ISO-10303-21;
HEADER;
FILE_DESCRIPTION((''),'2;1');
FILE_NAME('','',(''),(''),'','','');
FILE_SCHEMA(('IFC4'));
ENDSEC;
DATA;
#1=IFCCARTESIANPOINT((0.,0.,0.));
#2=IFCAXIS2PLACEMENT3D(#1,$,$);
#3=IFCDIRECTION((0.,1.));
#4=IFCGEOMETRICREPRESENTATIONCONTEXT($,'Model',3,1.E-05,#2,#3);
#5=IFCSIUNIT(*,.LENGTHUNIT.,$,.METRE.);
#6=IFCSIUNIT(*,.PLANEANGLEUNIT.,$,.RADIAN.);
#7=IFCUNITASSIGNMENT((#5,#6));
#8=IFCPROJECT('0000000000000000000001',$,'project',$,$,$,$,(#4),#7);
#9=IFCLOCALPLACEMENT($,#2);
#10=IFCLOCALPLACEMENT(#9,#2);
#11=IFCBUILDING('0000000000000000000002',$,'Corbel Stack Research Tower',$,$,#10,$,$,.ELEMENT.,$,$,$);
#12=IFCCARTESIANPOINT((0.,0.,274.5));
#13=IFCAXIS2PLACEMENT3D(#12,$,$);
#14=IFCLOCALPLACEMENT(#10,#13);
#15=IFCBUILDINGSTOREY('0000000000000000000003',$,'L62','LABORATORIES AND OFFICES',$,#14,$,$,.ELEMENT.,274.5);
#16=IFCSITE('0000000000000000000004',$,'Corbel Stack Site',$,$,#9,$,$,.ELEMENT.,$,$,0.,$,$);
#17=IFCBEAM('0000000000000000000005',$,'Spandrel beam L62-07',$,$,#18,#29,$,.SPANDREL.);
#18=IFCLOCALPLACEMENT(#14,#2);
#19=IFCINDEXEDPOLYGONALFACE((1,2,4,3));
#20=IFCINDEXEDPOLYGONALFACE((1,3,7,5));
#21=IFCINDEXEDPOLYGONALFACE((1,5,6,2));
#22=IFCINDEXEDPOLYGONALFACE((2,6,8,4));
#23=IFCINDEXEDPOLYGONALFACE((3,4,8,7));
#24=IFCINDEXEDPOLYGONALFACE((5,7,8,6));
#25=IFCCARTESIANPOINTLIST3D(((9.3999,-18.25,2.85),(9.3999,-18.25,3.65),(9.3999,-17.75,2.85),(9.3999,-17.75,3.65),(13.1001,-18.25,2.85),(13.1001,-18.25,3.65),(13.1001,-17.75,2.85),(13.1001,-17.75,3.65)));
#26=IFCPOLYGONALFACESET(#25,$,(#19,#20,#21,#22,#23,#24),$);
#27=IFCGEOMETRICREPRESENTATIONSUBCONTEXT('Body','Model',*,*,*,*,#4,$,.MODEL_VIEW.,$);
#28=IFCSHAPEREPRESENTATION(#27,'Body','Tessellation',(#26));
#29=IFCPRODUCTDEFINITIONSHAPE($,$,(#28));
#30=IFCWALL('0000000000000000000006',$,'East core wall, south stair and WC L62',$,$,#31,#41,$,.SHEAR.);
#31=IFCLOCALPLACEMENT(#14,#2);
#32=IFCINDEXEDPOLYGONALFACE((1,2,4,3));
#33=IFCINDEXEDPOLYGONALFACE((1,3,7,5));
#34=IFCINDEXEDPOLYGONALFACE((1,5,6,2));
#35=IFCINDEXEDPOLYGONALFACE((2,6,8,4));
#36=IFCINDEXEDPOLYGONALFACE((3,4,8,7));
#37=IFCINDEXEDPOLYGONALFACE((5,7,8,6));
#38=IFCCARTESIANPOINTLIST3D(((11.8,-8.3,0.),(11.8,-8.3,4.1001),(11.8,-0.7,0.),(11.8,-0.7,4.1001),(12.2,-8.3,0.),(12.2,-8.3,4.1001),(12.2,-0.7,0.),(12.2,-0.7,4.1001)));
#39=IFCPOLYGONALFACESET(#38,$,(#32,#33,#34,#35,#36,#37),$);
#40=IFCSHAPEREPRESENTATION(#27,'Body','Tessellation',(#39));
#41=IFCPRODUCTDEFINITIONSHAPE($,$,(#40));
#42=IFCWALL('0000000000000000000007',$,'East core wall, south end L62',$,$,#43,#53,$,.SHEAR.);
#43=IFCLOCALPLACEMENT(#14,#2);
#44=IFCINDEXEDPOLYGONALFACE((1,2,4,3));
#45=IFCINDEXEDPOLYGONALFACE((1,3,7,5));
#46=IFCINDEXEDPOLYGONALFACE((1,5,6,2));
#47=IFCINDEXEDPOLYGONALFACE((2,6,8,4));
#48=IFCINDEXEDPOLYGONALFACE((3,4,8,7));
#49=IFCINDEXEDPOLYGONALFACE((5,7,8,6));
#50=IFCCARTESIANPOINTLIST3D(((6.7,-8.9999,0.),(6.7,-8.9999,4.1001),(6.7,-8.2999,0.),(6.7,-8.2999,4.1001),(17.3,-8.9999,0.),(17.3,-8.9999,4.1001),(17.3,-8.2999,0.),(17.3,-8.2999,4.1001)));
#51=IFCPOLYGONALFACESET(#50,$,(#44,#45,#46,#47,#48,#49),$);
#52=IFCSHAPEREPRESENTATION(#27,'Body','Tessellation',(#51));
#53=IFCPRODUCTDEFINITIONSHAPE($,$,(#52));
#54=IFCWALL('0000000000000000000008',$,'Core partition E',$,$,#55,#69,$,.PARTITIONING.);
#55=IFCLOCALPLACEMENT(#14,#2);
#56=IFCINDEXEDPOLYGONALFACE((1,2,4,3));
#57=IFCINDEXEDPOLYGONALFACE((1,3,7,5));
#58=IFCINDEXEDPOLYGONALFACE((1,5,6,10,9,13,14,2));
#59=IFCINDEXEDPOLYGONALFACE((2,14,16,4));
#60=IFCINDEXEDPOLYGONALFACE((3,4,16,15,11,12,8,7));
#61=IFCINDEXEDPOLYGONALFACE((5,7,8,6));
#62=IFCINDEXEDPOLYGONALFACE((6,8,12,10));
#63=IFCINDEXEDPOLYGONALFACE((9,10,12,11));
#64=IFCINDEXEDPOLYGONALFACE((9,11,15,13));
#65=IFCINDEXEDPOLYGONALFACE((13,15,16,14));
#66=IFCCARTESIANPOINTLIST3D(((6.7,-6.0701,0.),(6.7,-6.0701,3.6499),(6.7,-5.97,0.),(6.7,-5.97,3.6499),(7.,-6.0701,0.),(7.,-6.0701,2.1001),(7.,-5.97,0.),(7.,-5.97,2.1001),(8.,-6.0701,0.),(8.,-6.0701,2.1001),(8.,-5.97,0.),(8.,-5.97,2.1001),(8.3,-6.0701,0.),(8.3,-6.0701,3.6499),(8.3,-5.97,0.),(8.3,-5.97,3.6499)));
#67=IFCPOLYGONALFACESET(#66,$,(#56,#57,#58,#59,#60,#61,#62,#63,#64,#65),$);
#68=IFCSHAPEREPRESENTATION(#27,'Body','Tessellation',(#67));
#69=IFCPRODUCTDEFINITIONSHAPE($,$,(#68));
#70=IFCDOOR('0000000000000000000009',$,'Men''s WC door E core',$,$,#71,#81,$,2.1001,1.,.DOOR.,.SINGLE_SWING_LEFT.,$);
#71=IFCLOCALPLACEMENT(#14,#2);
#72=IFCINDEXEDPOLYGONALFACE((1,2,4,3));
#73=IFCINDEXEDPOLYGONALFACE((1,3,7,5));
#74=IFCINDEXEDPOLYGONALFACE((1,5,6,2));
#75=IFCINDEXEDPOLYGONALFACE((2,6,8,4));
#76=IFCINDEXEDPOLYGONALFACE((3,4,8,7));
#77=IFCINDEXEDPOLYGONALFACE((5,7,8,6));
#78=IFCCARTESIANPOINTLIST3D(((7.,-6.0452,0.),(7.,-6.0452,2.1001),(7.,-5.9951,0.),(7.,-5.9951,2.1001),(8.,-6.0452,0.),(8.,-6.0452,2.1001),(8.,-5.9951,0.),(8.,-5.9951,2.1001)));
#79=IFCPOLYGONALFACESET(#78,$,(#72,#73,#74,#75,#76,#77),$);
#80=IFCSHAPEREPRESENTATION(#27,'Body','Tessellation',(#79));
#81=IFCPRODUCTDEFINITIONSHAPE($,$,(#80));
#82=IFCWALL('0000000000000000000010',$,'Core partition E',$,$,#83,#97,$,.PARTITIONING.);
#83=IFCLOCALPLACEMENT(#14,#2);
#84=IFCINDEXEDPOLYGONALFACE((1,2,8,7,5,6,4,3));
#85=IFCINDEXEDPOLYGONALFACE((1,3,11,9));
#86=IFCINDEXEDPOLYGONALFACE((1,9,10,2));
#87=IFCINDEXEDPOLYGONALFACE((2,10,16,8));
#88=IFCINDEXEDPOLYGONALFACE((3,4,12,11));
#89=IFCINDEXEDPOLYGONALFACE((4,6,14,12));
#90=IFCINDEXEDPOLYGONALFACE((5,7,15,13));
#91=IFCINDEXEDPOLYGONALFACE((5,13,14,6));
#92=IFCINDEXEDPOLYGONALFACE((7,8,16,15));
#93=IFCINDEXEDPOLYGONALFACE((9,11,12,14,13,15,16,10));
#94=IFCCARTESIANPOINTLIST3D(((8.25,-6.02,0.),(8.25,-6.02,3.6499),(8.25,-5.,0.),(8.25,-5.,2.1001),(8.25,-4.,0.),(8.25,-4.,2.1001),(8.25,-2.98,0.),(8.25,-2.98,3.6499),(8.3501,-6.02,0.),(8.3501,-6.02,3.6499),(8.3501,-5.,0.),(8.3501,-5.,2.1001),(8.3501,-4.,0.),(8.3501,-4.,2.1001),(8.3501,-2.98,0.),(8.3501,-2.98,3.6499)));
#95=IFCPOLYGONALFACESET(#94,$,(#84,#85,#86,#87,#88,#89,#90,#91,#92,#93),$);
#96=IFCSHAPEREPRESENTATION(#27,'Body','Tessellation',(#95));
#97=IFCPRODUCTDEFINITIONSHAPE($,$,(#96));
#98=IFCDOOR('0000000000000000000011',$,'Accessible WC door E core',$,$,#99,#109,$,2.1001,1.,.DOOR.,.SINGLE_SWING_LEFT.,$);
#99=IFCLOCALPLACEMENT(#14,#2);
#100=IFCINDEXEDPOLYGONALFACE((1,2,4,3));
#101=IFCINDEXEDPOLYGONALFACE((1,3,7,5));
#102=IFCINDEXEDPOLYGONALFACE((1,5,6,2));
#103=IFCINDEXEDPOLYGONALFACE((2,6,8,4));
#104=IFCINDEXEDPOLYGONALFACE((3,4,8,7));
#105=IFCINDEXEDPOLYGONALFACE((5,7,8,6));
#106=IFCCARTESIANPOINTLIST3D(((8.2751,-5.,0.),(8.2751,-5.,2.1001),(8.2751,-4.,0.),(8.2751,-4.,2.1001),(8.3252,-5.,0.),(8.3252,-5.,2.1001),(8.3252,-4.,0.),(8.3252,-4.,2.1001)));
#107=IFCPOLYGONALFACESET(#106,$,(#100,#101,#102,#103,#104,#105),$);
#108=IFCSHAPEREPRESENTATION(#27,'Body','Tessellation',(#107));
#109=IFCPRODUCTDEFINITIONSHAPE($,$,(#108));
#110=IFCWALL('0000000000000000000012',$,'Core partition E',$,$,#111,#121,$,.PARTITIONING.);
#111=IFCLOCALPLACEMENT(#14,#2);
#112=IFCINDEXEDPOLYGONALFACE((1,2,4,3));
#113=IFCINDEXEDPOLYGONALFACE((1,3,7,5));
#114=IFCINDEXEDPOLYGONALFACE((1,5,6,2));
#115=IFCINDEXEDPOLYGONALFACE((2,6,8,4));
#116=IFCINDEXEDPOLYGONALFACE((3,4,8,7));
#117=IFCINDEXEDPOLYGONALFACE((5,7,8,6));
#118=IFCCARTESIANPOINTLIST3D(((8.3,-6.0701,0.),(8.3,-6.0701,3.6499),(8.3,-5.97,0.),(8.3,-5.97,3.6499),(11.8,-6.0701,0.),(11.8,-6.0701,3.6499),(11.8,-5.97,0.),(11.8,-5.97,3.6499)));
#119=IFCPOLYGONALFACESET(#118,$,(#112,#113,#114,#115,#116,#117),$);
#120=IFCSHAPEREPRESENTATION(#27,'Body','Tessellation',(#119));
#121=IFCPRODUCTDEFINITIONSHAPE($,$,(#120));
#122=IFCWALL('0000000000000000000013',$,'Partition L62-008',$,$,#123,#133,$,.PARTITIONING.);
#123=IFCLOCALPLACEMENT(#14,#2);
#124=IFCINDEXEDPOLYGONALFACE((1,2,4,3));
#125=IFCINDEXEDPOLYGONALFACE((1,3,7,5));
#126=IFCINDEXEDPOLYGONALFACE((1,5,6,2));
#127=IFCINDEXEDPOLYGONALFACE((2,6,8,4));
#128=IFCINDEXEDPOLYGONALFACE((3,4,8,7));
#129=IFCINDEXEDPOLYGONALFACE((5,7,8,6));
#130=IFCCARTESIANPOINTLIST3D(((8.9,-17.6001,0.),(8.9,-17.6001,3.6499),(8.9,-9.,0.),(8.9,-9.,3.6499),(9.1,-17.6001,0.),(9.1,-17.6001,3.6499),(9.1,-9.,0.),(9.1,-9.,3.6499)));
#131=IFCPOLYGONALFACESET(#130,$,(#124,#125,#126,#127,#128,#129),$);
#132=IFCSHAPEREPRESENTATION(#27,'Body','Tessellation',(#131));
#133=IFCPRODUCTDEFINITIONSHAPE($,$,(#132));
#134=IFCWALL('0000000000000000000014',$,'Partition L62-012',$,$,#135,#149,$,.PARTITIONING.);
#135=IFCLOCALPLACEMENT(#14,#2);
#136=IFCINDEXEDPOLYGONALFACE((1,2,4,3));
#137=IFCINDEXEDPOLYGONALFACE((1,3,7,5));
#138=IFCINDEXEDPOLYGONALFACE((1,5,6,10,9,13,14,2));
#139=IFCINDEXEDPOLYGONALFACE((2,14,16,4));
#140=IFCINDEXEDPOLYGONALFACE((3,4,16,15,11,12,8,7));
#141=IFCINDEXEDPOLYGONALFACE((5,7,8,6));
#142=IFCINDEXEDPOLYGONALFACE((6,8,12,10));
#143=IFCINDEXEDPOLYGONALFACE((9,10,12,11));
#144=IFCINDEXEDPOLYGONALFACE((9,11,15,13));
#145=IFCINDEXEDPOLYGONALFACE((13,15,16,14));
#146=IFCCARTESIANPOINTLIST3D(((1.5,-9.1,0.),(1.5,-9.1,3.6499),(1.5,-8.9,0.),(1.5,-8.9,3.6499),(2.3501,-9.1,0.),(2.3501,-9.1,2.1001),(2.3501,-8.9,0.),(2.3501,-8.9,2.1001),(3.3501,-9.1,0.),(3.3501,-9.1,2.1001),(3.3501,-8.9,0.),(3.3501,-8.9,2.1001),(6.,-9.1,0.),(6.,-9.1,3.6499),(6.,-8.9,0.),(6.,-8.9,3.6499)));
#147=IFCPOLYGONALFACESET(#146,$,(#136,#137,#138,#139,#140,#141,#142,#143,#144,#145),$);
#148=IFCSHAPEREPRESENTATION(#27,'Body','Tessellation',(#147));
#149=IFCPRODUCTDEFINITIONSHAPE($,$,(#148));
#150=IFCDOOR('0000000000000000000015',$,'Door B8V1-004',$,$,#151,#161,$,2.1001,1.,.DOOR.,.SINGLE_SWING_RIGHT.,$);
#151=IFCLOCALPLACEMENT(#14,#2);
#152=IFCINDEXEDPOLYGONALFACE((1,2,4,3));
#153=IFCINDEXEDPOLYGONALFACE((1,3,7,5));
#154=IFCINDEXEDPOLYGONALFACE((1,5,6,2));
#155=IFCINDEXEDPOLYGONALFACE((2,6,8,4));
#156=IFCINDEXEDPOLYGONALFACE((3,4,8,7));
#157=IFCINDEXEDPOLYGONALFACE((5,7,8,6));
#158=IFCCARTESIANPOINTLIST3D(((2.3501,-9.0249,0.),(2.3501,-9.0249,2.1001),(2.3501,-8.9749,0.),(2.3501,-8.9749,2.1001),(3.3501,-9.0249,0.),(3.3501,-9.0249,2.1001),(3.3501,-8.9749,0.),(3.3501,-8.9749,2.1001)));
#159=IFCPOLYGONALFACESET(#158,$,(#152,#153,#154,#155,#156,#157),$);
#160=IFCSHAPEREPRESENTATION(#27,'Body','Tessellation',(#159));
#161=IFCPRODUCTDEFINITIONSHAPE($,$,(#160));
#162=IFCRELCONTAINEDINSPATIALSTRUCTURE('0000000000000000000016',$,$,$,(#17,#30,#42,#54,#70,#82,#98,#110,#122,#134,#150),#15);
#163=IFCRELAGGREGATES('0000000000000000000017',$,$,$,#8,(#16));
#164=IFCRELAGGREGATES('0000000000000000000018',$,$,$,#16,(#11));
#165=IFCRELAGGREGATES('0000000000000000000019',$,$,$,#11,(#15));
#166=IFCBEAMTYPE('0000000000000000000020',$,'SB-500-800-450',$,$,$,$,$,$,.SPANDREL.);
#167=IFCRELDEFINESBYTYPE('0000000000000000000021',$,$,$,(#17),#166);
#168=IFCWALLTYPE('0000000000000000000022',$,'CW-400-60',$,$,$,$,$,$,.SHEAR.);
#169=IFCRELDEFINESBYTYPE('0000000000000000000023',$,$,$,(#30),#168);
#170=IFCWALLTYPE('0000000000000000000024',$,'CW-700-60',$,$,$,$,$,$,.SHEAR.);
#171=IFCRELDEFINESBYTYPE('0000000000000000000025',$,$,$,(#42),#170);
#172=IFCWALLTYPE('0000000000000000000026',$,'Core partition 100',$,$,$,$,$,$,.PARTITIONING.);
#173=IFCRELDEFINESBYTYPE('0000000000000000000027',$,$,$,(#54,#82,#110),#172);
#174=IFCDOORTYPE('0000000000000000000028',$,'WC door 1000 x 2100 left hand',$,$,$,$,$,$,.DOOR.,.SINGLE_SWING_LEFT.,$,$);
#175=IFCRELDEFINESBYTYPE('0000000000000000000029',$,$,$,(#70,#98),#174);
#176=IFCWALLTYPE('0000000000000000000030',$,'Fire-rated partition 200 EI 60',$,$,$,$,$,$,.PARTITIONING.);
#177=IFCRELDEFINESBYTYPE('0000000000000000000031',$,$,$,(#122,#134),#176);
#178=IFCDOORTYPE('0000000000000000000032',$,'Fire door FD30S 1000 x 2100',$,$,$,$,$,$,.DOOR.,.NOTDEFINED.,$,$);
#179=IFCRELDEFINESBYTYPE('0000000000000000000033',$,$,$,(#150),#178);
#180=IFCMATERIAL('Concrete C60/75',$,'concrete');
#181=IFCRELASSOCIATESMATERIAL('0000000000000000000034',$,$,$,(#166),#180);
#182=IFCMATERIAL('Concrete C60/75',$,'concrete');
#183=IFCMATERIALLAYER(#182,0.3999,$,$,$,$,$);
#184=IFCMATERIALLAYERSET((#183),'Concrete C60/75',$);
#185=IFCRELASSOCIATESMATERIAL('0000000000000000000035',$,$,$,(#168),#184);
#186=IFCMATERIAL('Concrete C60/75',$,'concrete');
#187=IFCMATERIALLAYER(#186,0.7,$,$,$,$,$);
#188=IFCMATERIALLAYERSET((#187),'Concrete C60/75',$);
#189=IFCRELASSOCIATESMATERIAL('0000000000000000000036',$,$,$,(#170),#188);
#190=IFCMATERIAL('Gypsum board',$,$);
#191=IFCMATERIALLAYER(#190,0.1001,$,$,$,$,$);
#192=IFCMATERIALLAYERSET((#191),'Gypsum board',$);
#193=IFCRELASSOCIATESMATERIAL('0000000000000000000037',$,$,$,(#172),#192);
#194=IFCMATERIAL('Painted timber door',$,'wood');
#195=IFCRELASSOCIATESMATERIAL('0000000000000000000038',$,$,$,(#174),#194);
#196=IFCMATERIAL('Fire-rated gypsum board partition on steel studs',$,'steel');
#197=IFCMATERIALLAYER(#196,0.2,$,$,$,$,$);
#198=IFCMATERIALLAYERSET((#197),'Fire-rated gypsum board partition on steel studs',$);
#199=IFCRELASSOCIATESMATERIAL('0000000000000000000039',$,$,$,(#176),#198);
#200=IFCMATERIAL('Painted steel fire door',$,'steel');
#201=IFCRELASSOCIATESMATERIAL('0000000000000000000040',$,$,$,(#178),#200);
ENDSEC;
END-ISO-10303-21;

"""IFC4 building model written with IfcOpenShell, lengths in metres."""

from ifc_helpers import new_model, si_unit, direction, frame, frame_2d, origin, origin_2d, place, context, subcontext, project, spatial, rectangle, extrude, material, layer, layer_set, material_profile, profile_set, type_object, element, fill, save


model = new_model("IFC4")

# Units and contexts
model_context = context("Model", 3, precision=1e-05, world=origin(), true_north=direction((0.0, 1.0)))
body_context = subcontext(model_context, "Body", "Model", "MODEL_VIEW")
ifc_project = project(units=[si_unit("LENGTHUNIT", "METRE"), si_unit("PLANEANGLEUNIT", "RADIAN")], contexts=[model_context])

# Site, building, storey
site_placement = place(None, origin())
site = spatial("IfcSite", under=ifc_project, at=site_placement, Name="Corbel Stack Site", CompositionType="ELEMENT", RefElevation=0.0)
building_placement = place(site_placement, origin())
building = spatial("IfcBuilding", under=site, at=building_placement, Name="Corbel Stack Research Tower", CompositionType="ELEMENT")
storey_placement = place(building_placement, frame((0.0, 0.0, 274.5)))
storey = spatial("IfcBuildingStorey", under=building, at=storey_placement, Name="L62", Description="LABORATORIES AND OFFICES", CompositionType="ELEMENT", Elevation=274.5)

# Beam
ifc_material_1 = material(Name="Concrete C60/75", Category="concrete")
ifc_material_profile = material_profile(ifc_material_1, rectangle(XDim=0.5, YDim=0.8, at=origin_2d()), Name="RC 500 x 800")
ifc_profile_set = profile_set([ifc_material_profile], Name="Concrete C60/75")
beam_type = type_object("IfcBeamType", Name="SB-500-800-450", PredefinedType="SPANDREL", material=ifc_profile_set)
beam_placement = place(storey_placement, frame((9.3999, -18.0, 3.25), z_axis=(1.0, 0.0, 0.0), x_axis=(0.0, 1.0, 0.0)))
element("IfcBeam", 1, at=beam_placement, inside=storey, type_object=beam_type, Name="Spandrel beam L62-07", PredefinedType="SPANDREL", context=body_context, shape_type="SweptSolid", body=[
    extrude(rectangle(XDim=0.5, YDim=0.8, at=origin_2d()), origin(), (0.0, 0.0, 1.0), 3.7002),
])

# Wall
ifc_material_2 = material(Name="Concrete C60/75", Category="concrete")
ifc_layer_1 = layer(ifc_material_2, 0.3999)
ifc_layer_set_1 = layer_set([ifc_layer_1], Name="Concrete C60/75")
wall_type_1 = type_object("IfcWallType", Name="CW-400-60", PredefinedType="SHEAR", material=ifc_layer_set_1)
wall_1_placement = place(storey_placement, frame((12.0, -8.3, 0.0), z_axis=(0.0, 0.0, 1.0), x_axis=(0.0, 1.0, 0.0)))
element("IfcWall", 2, at=wall_1_placement, inside=storey, type_object=wall_type_1, Name="East core wall, south stair and WC L62", PredefinedType="SHEAR", context=body_context, shape_type="SweptSolid", body=[
    extrude(rectangle(XDim=7.6001, YDim=0.3999, at=frame_2d((3.8, 0.0))), origin(), (0.0, 0.0, 1.0), 4.1001),
])

# Shared definitions
ifc_material_3 = material(Name="Concrete C60/75", Category="concrete")
ifc_layer_2 = layer(ifc_material_3, 0.7)
ifc_layer_set_2 = layer_set([ifc_layer_2], Name="Concrete C60/75")
wall_type_2 = type_object("IfcWallType", Name="CW-700-60", PredefinedType="SHEAR", material=ifc_layer_set_2)

# Wall
wall_2_placement = place(storey_placement, frame((6.7, -8.6499, 0.0), z_axis=(0.0, 0.0, 1.0), x_axis=(1.0, 0.0, 0.0)))
element("IfcWall", 3, at=wall_2_placement, inside=storey, type_object=wall_type_2, Name="East core wall, south end L62", PredefinedType="SHEAR", context=body_context, shape_type="SweptSolid", body=[
    extrude(rectangle(XDim=10.6001, YDim=0.7, at=frame_2d((5.3, 0.0))), origin(), (0.0, 0.0, 1.0), 4.1001),
])

# Walls, openings, doors
ifc_material_4 = material(Name="Gypsum board")
ifc_layer_3 = layer(ifc_material_4, 0.1001)
ifc_layer_set_3 = layer_set([ifc_layer_3], Name="Gypsum board")
wall_type_3 = type_object("IfcWallType", Name="Core partition 100", PredefinedType="PARTITIONING", material=ifc_layer_set_3)
wall_3_placement = place(storey_placement, frame((6.7, -6.02, 0.0), z_axis=(0.0, 0.0, 1.0), x_axis=(1.0, 0.0, 0.0)))
wall_3 = element("IfcWall", 4, at=wall_3_placement, inside=storey, type_object=wall_type_3, Name="Core partition E", PredefinedType="PARTITIONING", context=body_context, shape_type="SweptSolid", body=[
    extrude(rectangle(XDim=1.6001, YDim=0.1001, at=frame_2d((0.8, 0.0))), origin(), (0.0, 0.0, 1.0), 3.6499),
])
opening_1_placement = place(wall_3_placement, frame((0.3, 0.0, 0.0)))
opening_1 = element("IfcOpeningElement", 5, at=opening_1_placement, cuts=wall_3, PredefinedType="OPENING", context=body_context, shape_type="SweptSolid", body=[
    extrude(rectangle(XDim=1.0, YDim=2.1001, at=frame_2d((0.5, 1.05))), frame((0.0, 0.0601, 0.0), z_axis=(0.0, -1.0, 0.0), x_axis=(1.0, 0.0, 0.0)), (0.0, 0.0, 1.0), 0.1201),
])
ifc_material_5 = material(Name="Painted timber door", Category="wood")
door_type_1 = type_object("IfcDoorType", Name="WC door 1000 x 2100 left hand", OperationType="SINGLE_SWING_LEFT", PredefinedType="DOOR", material=ifc_material_5)
door_1_placement = place(opening_1_placement, origin())
door_1 = element("IfcDoor", 6, at=door_1_placement, inside=storey, type_object=door_type_1, Name="Men's WC door E core", OperationType="SINGLE_SWING_LEFT", OverallHeight=2.1001, OverallWidth=1.0, PredefinedType="DOOR", context=body_context, shape_type="SweptSolid", body=[
    extrude(rectangle(XDim=1.0, YDim=2.1001, at=frame_2d((0.5, 1.05))), frame((0.0, 0.0249, 0.0), z_axis=(0.0, -1.0, 0.0), x_axis=(1.0, 0.0, 0.0)), (0.0, 0.0, 1.0), 0.05),
])
fill(opening_1, door_1)
wall_4_placement = place(storey_placement, frame((8.3, -6.02, 0.0), z_axis=(0.0, 0.0, 1.0), x_axis=(0.0, 1.0, 0.0)))
wall_4 = element("IfcWall", 7, at=wall_4_placement, inside=storey, type_object=wall_type_3, Name="Core partition E", PredefinedType="PARTITIONING", context=body_context, shape_type="SweptSolid", body=[
    extrude(rectangle(XDim=3.04, YDim=0.1001, at=frame_2d((1.52, 0.0))), origin(), (0.0, 0.0, 1.0), 3.6499),
])
opening_2_placement = place(wall_4_placement, frame((1.02, 0.0, 0.0)))
opening_2 = element("IfcOpeningElement", 8, at=opening_2_placement, cuts=wall_4, PredefinedType="OPENING", context=body_context, shape_type="SweptSolid", body=[
    extrude(rectangle(XDim=1.0, YDim=2.1001, at=frame_2d((0.5, 1.05))), frame((0.0, 0.0601, 0.0), z_axis=(0.0, -1.0, 0.0), x_axis=(1.0, 0.0, 0.0)), (0.0, 0.0, 1.0), 0.1201),
])
door_2_placement = place(opening_2_placement, origin())
door_2 = element("IfcDoor", 9, at=door_2_placement, inside=storey, type_object=door_type_1, Name="Accessible WC door E core", OperationType="SINGLE_SWING_LEFT", OverallHeight=2.1001, OverallWidth=1.0, PredefinedType="DOOR", context=body_context, shape_type="SweptSolid", body=[
    extrude(rectangle(XDim=1.0, YDim=2.1001, at=frame_2d((0.5, 1.05))), frame((0.0, 0.0249, 0.0), z_axis=(0.0, -1.0, 0.0), x_axis=(1.0, 0.0, 0.0)), (0.0, 0.0, 1.0), 0.05),
])
fill(opening_2, door_2)

# Walls
wall_5_placement = place(storey_placement, frame((8.3, -6.02, 0.0), z_axis=(0.0, 0.0, 1.0), x_axis=(1.0, 0.0, 0.0)))
element("IfcWall", 10, at=wall_5_placement, inside=storey, type_object=wall_type_3, Name="Core partition E", PredefinedType="PARTITIONING", context=body_context, shape_type="SweptSolid", body=[
    extrude(rectangle(XDim=3.5, YDim=0.1001, at=frame_2d((1.75, 0.0))), origin(), (0.0, 0.0, 1.0), 3.6499),
])
ifc_material_6 = material(Name="Fire-rated gypsum board partition on steel studs", Category="steel")
ifc_layer_4 = layer(ifc_material_6, 0.2)
ifc_layer_set_4 = layer_set([ifc_layer_4], Name="Fire-rated gypsum board partition on steel studs")
wall_type_4 = type_object("IfcWallType", Name="Fire-rated partition 200 EI 60", PredefinedType="PARTITIONING", material=ifc_layer_set_4)
wall_6_placement = place(storey_placement, frame((9.0, -17.6001, 0.0), z_axis=(0.0, 0.0, 1.0), x_axis=(0.0, 1.0, 0.0)))
element("IfcWall", 11, at=wall_6_placement, inside=storey, type_object=wall_type_4, Name="Partition L62-008", PredefinedType="PARTITIONING", context=body_context, shape_type="SweptSolid", body=[
    extrude(rectangle(XDim=8.6001, YDim=0.2, at=frame_2d((4.3, 0.0))), origin(), (0.0, 0.0, 1.0), 3.6499),
])

# Wall, opening, door
wall_7_placement = place(storey_placement, frame((6.0, -9.0, 0.0), z_axis=(0.0, 0.0, 1.0), x_axis=(-1.0, 0.0, 0.0)))
wall_7 = element("IfcWall", 12, at=wall_7_placement, inside=storey, type_object=wall_type_4, Name="Partition L62-012", PredefinedType="PARTITIONING", context=body_context, shape_type="SweptSolid", body=[
    extrude(rectangle(XDim=4.5, YDim=0.2, at=frame_2d((2.25, 0.0))), origin(), (0.0, 0.0, 1.0), 3.6499),
])
opening_3_placement = place(wall_7_placement, frame((2.6499, 0.0, 0.0)))
opening_3 = element("IfcOpeningElement", 13, at=opening_3_placement, cuts=wall_7, PredefinedType="OPENING", context=body_context, shape_type="SweptSolid", body=[
    extrude(rectangle(XDim=1.0, YDim=2.1001, at=frame_2d((0.5, 1.05))), frame((0.0, 0.1099, 0.0), z_axis=(0.0, -1.0, 0.0), x_axis=(1.0, 0.0, 0.0)), (0.0, 0.0, 1.0), 0.22),
])
ifc_material_7 = material(Name="Painted steel fire door", Category="steel")
door_type_2 = type_object("IfcDoorType", Name="Fire door FD30S 1000 x 2100", OperationType="NOTDEFINED", PredefinedType="DOOR", material=ifc_material_7)
door_3_placement = place(opening_3_placement, origin())
door_3 = element("IfcDoor", 14, at=door_3_placement, inside=storey, type_object=door_type_2, Name="Door B8V1-004", OperationType="SINGLE_SWING_RIGHT", OverallHeight=2.1001, OverallWidth=1.0, PredefinedType="DOOR", context=body_context, shape_type="SweptSolid", body=[
    extrude(rectangle(XDim=1.0, YDim=2.1001, at=frame_2d((0.5, 1.05))), frame((0.0, 0.0249, 0.0), z_axis=(0.0, -1.0, 0.0), x_axis=(1.0, 0.0, 0.0)), (0.0, 0.0, 1.0), 0.05),
])
fill(opening_3, door_3)

save(model, "model.ifc")
